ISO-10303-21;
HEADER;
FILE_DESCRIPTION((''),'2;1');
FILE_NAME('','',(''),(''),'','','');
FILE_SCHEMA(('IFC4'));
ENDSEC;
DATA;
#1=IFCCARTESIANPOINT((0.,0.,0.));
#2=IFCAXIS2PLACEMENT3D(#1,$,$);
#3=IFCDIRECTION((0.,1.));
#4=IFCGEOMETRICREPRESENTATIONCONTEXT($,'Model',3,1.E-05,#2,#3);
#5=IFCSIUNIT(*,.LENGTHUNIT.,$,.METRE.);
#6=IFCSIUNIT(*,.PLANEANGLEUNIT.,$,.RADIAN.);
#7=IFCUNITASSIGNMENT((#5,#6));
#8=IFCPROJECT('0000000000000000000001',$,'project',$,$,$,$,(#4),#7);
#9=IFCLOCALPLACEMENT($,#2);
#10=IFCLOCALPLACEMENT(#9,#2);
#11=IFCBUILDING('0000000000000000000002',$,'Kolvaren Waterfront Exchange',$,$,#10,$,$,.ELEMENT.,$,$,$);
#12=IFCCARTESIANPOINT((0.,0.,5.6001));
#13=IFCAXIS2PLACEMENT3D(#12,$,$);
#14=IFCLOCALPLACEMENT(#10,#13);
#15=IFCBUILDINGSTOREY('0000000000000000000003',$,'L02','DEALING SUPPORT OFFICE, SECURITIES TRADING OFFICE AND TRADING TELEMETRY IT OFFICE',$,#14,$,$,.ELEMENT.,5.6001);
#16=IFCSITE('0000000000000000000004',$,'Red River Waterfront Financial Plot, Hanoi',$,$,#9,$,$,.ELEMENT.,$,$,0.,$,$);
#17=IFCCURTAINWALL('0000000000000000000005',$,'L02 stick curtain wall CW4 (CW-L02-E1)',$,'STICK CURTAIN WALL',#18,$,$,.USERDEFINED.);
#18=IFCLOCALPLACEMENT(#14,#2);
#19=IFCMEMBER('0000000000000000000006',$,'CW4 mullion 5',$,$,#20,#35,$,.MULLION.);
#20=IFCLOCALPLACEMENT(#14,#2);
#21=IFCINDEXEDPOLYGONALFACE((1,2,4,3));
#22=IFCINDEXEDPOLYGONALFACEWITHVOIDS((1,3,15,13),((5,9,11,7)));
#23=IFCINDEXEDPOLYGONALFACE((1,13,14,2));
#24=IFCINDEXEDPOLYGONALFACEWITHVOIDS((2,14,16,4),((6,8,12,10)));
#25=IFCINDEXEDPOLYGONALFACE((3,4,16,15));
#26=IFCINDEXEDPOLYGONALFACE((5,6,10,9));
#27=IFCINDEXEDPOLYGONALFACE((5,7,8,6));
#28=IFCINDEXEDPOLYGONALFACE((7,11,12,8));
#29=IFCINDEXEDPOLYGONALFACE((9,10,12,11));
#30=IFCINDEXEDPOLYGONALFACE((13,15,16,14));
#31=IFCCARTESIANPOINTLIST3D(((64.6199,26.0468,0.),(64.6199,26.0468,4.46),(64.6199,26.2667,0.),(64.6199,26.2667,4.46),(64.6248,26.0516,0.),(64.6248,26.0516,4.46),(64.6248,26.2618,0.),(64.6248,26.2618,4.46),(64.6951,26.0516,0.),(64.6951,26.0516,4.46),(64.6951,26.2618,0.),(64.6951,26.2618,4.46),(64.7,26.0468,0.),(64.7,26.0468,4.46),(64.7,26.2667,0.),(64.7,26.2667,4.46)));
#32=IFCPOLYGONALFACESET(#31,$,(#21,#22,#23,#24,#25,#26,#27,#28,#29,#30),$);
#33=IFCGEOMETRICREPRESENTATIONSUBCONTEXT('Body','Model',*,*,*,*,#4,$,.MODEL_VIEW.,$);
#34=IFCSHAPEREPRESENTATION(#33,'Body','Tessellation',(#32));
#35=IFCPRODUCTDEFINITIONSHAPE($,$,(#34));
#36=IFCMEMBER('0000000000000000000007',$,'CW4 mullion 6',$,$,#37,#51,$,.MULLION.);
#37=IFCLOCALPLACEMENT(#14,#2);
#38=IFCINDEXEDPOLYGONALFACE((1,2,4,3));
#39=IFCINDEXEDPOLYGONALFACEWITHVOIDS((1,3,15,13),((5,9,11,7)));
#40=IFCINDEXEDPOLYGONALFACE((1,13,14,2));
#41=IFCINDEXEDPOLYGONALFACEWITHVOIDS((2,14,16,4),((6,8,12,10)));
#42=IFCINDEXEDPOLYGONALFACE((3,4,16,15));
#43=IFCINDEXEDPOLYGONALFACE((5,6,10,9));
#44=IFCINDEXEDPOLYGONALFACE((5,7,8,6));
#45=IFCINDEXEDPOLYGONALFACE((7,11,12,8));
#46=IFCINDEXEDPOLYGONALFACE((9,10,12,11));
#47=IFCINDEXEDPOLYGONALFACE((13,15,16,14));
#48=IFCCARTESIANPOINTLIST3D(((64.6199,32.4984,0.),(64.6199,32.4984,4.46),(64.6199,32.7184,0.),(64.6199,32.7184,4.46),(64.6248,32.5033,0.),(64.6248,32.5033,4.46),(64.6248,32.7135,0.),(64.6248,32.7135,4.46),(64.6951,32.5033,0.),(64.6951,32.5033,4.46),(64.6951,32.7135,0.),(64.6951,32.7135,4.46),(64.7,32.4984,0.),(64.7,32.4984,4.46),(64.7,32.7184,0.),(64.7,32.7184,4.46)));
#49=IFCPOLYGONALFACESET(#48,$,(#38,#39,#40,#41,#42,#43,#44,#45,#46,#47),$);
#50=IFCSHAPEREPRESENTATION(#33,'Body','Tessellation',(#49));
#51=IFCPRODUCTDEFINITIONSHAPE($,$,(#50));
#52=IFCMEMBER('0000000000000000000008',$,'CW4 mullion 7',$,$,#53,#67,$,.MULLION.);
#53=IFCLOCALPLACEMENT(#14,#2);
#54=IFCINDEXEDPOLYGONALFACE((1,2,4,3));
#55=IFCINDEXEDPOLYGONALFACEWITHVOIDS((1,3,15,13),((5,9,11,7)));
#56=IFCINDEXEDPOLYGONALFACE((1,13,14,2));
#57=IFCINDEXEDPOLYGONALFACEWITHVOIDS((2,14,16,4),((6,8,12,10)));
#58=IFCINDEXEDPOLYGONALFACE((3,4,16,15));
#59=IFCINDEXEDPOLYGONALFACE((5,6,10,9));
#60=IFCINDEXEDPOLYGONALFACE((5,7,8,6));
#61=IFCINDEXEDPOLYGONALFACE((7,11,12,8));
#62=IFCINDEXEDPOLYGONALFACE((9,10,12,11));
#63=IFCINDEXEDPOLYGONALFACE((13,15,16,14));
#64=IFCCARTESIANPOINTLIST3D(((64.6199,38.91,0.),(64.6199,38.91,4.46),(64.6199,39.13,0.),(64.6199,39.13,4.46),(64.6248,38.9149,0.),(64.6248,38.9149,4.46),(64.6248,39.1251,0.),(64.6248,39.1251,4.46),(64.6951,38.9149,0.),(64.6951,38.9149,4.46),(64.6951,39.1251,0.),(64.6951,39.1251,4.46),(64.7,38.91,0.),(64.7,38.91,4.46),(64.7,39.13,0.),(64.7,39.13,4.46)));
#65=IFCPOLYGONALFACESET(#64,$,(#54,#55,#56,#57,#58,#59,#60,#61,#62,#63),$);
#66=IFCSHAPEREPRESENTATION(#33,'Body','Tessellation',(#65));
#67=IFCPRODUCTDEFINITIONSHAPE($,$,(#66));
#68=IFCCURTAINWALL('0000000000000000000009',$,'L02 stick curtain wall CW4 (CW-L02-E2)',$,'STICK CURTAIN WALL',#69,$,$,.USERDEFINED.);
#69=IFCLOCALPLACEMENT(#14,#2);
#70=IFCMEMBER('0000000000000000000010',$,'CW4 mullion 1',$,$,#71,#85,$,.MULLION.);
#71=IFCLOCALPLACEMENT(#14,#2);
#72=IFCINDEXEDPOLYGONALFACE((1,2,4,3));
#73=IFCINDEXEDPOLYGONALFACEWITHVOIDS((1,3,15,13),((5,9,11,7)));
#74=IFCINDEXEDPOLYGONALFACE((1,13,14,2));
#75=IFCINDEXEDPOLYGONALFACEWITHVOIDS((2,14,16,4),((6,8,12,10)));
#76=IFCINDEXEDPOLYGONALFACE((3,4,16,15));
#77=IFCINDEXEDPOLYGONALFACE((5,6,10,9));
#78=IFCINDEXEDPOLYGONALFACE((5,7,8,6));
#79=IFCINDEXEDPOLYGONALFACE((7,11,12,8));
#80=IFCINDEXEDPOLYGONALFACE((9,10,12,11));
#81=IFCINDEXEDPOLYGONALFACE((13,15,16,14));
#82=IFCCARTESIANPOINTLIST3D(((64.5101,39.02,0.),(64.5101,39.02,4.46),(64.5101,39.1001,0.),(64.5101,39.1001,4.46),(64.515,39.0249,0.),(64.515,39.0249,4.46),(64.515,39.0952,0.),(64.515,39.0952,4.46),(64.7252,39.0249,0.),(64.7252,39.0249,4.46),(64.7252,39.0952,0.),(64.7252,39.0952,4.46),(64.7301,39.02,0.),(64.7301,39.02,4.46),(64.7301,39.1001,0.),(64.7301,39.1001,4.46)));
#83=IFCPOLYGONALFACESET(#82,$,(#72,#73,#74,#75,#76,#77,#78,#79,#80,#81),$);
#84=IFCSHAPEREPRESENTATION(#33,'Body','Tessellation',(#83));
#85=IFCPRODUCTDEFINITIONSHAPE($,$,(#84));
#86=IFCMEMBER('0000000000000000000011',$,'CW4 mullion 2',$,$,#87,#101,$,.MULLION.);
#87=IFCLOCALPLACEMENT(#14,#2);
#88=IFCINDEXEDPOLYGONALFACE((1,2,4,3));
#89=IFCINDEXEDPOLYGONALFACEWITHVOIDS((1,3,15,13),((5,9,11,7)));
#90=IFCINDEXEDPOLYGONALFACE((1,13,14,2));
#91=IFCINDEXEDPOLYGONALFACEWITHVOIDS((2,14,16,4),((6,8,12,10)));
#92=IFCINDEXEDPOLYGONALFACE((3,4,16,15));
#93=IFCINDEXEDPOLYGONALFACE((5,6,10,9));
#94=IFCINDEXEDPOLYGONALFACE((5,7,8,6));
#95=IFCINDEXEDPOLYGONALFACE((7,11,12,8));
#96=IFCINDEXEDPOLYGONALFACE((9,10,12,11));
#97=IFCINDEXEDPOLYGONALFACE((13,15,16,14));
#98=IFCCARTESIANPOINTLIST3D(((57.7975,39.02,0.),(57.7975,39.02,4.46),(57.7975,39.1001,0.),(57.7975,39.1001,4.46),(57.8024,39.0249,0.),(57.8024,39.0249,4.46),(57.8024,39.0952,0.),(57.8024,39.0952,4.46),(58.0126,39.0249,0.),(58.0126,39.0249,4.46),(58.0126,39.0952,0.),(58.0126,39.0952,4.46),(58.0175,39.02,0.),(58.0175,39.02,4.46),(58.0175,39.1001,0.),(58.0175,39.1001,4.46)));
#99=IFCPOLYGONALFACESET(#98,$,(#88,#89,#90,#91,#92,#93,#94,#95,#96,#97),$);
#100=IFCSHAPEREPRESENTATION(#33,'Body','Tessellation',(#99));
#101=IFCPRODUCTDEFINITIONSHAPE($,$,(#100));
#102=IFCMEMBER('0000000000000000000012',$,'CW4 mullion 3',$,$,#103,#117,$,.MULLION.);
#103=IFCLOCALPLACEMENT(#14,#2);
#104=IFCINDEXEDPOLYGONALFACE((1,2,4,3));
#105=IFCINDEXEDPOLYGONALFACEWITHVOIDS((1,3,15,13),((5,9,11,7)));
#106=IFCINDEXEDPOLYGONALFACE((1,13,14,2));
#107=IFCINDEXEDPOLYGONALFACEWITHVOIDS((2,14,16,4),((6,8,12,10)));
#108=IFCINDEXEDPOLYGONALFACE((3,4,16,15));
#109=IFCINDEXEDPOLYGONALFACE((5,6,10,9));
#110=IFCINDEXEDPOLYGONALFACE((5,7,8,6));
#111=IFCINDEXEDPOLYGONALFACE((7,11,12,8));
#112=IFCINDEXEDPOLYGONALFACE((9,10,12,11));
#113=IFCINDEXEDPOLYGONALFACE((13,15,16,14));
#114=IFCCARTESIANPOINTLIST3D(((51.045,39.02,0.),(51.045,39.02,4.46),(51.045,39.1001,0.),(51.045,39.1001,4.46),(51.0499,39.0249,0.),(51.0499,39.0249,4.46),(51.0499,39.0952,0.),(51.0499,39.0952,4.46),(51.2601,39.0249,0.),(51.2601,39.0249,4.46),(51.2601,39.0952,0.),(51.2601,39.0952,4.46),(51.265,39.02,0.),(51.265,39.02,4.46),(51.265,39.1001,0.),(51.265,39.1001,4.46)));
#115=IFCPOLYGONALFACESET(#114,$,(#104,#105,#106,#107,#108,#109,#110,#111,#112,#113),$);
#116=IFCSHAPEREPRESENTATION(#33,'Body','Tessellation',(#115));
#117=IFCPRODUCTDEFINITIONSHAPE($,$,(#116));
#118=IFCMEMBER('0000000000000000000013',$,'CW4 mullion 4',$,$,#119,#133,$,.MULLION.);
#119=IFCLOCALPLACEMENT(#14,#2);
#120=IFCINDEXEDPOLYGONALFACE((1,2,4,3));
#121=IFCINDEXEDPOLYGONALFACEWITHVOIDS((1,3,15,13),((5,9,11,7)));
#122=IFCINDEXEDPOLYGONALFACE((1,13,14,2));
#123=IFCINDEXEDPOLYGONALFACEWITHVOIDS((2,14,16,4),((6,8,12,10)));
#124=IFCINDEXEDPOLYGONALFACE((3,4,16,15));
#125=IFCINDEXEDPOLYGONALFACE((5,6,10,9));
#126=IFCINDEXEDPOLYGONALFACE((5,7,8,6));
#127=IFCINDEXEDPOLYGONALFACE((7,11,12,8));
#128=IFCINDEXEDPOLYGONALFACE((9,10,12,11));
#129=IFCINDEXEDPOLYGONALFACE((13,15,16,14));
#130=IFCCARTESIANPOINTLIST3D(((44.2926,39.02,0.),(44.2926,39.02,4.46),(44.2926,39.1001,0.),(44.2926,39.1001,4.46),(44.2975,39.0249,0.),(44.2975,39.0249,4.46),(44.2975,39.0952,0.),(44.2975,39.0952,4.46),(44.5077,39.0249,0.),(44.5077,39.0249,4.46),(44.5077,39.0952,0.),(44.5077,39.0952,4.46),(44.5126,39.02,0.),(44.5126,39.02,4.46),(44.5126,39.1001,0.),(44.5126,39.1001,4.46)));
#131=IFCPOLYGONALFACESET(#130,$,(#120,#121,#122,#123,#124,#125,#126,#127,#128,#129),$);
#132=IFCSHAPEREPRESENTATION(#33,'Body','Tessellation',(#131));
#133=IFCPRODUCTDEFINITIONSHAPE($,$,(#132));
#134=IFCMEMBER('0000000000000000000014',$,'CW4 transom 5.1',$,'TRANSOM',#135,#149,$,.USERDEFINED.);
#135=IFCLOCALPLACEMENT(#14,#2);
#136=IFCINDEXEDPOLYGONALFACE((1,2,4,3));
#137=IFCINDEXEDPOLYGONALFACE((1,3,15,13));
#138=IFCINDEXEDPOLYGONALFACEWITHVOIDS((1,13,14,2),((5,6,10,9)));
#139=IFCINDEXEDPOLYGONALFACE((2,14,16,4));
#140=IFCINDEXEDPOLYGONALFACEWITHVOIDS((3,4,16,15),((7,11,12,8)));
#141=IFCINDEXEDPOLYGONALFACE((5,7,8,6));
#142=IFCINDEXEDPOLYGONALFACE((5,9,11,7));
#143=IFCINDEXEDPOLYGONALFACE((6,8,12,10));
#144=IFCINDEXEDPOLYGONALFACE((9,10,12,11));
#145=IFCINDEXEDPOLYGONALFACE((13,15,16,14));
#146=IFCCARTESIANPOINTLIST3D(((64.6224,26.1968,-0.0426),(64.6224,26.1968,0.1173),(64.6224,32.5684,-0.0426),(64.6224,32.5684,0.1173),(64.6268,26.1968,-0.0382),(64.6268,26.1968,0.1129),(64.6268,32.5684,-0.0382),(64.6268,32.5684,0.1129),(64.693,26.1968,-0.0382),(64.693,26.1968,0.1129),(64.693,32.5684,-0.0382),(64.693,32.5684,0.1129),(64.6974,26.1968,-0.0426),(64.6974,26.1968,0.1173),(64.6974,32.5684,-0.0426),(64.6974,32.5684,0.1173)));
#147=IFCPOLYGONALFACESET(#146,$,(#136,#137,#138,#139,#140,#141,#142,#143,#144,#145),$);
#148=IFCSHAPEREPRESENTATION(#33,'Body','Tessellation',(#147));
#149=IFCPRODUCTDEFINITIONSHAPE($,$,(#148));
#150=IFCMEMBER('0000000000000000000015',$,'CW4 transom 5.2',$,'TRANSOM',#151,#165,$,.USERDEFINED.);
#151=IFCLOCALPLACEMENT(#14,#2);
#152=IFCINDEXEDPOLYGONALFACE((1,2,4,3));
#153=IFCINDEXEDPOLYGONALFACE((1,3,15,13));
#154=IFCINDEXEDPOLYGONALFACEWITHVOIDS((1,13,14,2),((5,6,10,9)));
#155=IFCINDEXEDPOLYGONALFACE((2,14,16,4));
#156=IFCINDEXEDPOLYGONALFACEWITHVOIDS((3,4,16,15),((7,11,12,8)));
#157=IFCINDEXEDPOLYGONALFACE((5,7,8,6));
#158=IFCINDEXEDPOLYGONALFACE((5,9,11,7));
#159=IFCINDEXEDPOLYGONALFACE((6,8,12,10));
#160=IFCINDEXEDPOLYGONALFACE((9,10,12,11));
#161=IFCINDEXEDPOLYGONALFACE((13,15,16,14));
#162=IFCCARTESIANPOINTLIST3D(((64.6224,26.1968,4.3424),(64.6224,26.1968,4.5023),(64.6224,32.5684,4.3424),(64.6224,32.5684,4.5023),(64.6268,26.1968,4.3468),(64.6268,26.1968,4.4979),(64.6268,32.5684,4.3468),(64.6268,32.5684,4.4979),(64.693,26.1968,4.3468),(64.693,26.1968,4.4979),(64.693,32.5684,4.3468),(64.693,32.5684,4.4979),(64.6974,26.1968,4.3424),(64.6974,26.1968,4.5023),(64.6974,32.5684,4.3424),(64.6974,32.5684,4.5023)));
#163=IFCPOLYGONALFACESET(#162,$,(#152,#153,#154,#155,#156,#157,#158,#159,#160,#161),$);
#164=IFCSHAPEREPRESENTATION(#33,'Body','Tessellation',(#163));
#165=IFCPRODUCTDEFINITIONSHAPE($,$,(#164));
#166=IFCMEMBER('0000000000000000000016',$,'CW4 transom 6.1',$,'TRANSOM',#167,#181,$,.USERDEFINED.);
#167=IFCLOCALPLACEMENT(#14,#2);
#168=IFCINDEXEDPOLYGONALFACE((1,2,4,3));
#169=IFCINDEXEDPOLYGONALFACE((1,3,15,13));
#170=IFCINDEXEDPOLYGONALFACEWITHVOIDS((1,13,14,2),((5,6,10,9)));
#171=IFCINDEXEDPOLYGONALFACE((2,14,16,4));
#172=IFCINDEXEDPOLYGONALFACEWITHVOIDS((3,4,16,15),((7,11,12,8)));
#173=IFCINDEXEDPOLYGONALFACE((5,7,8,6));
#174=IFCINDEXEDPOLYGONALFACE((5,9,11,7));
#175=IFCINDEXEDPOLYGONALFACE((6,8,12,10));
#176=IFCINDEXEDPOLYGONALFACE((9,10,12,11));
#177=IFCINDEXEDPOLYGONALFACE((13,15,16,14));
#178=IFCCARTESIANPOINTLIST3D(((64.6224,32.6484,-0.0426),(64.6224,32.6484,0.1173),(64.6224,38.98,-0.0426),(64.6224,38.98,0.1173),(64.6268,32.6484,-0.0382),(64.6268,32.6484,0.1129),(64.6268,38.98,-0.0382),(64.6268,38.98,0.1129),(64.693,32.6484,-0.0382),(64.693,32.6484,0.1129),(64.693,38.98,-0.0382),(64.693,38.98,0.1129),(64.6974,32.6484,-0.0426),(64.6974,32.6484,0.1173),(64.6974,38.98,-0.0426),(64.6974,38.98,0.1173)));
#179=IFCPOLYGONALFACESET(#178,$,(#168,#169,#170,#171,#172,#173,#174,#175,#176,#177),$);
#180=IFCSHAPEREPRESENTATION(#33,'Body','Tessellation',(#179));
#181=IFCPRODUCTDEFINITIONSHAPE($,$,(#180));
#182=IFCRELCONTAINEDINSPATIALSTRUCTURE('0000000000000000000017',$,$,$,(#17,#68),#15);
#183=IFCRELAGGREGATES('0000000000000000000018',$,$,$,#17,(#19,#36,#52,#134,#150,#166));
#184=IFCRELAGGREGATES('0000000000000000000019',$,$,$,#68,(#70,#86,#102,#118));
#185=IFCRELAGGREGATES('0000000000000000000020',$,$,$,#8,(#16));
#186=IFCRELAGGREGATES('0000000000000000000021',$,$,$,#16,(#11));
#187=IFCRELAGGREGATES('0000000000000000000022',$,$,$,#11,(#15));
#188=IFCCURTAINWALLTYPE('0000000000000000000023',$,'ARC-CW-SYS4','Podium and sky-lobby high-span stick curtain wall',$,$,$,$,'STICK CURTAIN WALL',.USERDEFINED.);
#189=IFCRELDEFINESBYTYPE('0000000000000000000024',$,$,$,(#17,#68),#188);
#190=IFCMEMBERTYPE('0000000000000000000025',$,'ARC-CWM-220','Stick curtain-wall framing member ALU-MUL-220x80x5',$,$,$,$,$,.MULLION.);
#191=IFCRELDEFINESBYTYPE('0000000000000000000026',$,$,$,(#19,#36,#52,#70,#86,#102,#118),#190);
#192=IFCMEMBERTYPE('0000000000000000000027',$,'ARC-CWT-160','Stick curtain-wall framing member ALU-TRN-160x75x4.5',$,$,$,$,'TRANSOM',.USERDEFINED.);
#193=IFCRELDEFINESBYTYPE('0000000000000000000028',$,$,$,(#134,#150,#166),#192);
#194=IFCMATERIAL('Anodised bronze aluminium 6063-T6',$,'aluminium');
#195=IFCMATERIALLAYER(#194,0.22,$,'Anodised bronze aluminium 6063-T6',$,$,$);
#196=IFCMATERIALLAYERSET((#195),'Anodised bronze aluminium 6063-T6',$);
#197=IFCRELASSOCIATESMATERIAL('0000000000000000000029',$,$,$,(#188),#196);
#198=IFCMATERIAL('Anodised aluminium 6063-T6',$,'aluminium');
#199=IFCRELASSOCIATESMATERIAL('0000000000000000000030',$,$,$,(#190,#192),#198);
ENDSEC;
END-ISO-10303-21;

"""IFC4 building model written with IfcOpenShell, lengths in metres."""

from ifc_helpers import new_model, si_unit, direction, frame, origin, origin_with_axes, origin_2d, place, context, subcontext, project, spatial, hollow_rectangle, extrude, source, transform, mapped, material, layer, layer_set, material_profile, profile_set, type_object, element, aggregate, save


model = new_model("IFC4")

# Units and contexts
model_context = context("Model", 3, precision=1e-05, world=origin(), true_north=direction((0.0, 1.0)))
body_context = subcontext(model_context, "Body", "Model", "MODEL_VIEW")
ifc_project = project(units=[si_unit("LENGTHUNIT", "METRE"), si_unit("PLANEANGLEUNIT", "RADIAN")], contexts=[model_context])

# Site, building, storey
site_placement = place(None, origin())
site = spatial("IfcSite", under=ifc_project, at=site_placement, Name="Red River Waterfront Financial Plot, Hanoi", CompositionType="ELEMENT", RefElevation=0.0)
building_placement = place(site_placement, origin())
building = spatial("IfcBuilding", under=site, at=building_placement, Name="Kolvaren Waterfront Exchange", CompositionType="ELEMENT")
storey_placement = place(building_placement, frame((0.0, 0.0, 5.6001)))
storey = spatial("IfcBuildingStorey", under=building, at=storey_placement, Name="L02", Description="DEALING SUPPORT OFFICE, SECURITIES TRADING OFFICE AND TRADING TELEMETRY IT OFFICE", CompositionType="ELEMENT", Elevation=5.6001)

# Curtain walls, members
ifc_material_1 = material(Name="Anodised bronze aluminium 6063-T6", Category="aluminium")
ifc_layer_1 = layer(ifc_material_1, 0.22, Name="Anodised bronze aluminium 6063-T6")
ifc_layer_set_1 = layer_set([ifc_layer_1], Name="Anodised bronze aluminium 6063-T6")
curtain_wall_type = type_object("IfcCurtainWallType", Name="ARC-CW-SYS4", Description="Podium and sky-lobby high-span stick curtain wall", ElementType="STICK CURTAIN WALL", PredefinedType="USERDEFINED", material=ifc_layer_set_1)
curtain_wall_1_placement = place(storey_placement, origin())
curtain_wall_1 = element("IfcCurtainWall", 1, at=curtain_wall_1_placement, inside=storey, type_object=curtain_wall_type, Name="L02 stick curtain wall CW4 (CW-L02-E1)", ObjectType="STICK CURTAIN WALL", PredefinedType="USERDEFINED")
ifc_material_2 = material(Name="Anodised aluminium 6063-T6", Category="aluminium")
ifc_material_profile_1 = material_profile(ifc_material_2, hollow_rectangle(XDim=0.0801, YDim=0.22, WallThickness=0.0049, at=origin_2d()), Name="ALU-MUL-220x80x5")
ifc_profile_set_1 = profile_set([ifc_material_profile_1], Name="Anodised aluminium 6063-T6")
member_type_1 = type_object("IfcMemberType", Name="ARC-CWM-220", Description="Stick curtain-wall framing member ALU-MUL-220x80x5", PredefinedType="MULLION", material=ifc_profile_set_1)
shared_shape_1 = source(origin_with_axes(), body_context, "Body", "SweptSolid", [
    extrude(hollow_rectangle(XDim=0.0801, YDim=0.22, WallThickness=0.0049, at=origin_2d()), origin(), (0.0, 0.0, 1.0), 4.46),
])
member_1_placement = place(storey_placement, frame((64.6599, 26.1567, 0.0), z_axis=(0.0, 0.0, 1.0), x_axis=(-1.0, 0.0, 0.0)))
member_1 = element("IfcMember", 2, at=member_1_placement, type_object=member_type_1, Name="CW4 mullion 5", PredefinedType="MULLION", context=body_context, shape_type="MappedRepresentation", body=[
    mapped(shared_shape_1, transform((0.0, 0.0, 0.0), x_axis=(1.0, 0.0, 0.0), y_axis=(0.0, 1.0, 0.0), z_axis=(0.0, 0.0, 1.0), scale=1.0)),
])
member_2_placement = place(storey_placement, frame((64.6599, 32.6084, 0.0), z_axis=(0.0, 0.0, 1.0), x_axis=(-1.0, 0.0, 0.0)))
member_2 = element("IfcMember", 3, at=member_2_placement, type_object=member_type_1, Name="CW4 mullion 6", PredefinedType="MULLION", context=body_context, shape_type="MappedRepresentation", body=[
    mapped(shared_shape_1, transform((0.0, 0.0, 0.0), x_axis=(1.0, 0.0, 0.0), y_axis=(0.0, 1.0, 0.0), z_axis=(0.0, 0.0, 1.0), scale=1.0)),
])
member_3_placement = place(storey_placement, frame((64.6599, 39.02, 0.0), z_axis=(0.0, 0.0, 1.0), x_axis=(-1.0, 0.0, 0.0)))
member_3 = element("IfcMember", 4, at=member_3_placement, type_object=member_type_1, Name="CW4 mullion 7", PredefinedType="MULLION", context=body_context, shape_type="MappedRepresentation", body=[
    mapped(shared_shape_1, transform((0.0, 0.0, 0.0), x_axis=(1.0, 0.0, 0.0), y_axis=(0.0, 1.0, 0.0), z_axis=(0.0, 0.0, 1.0), scale=1.0)),
])
curtain_wall_2_placement = place(storey_placement, origin())
curtain_wall_2 = element("IfcCurtainWall", 5, at=curtain_wall_2_placement, inside=storey, type_object=curtain_wall_type, Name="L02 stick curtain wall CW4 (CW-L02-E2)", ObjectType="STICK CURTAIN WALL", PredefinedType="USERDEFINED")
member_4_placement = place(storey_placement, frame((64.6201, 39.0601, 0.0), z_axis=(0.0, 0.0, 1.0), x_axis=(0.0, -1.0, 0.0)))
member_4 = element("IfcMember", 6, at=member_4_placement, type_object=member_type_1, Name="CW4 mullion 1", PredefinedType="MULLION", context=body_context, shape_type="MappedRepresentation", body=[
    mapped(shared_shape_1, transform((0.0, 0.0, 0.0), x_axis=(1.0, 0.0, 0.0), y_axis=(0.0, 1.0, 0.0), z_axis=(0.0, 0.0, 1.0), scale=1.0)),
])
member_5_placement = place(storey_placement, frame((57.9075, 39.0601, 0.0), z_axis=(0.0, 0.0, 1.0), x_axis=(0.0, -1.0, 0.0)))
member_5 = element("IfcMember", 7, at=member_5_placement, type_object=member_type_1, Name="CW4 mullion 2", PredefinedType="MULLION", context=body_context, shape_type="MappedRepresentation", body=[
    mapped(shared_shape_1, transform((0.0, 0.0, 0.0), x_axis=(1.0, 0.0, 0.0), y_axis=(0.0, 1.0, 0.0), z_axis=(0.0, 0.0, 1.0), scale=1.0)),
])
member_6_placement = place(storey_placement, frame((51.155, 39.0601, 0.0), z_axis=(0.0, 0.0, 1.0), x_axis=(0.0, -1.0, 0.0)))
member_6 = element("IfcMember", 8, at=member_6_placement, type_object=member_type_1, Name="CW4 mullion 3", PredefinedType="MULLION", context=body_context, shape_type="MappedRepresentation", body=[
    mapped(shared_shape_1, transform((0.0, 0.0, 0.0), x_axis=(1.0, 0.0, 0.0), y_axis=(0.0, 1.0, 0.0), z_axis=(0.0, 0.0, 1.0), scale=1.0)),
])
member_7_placement = place(storey_placement, frame((44.4026, 39.0601, 0.0), z_axis=(0.0, 0.0, 1.0), x_axis=(0.0, -1.0, 0.0)))
member_7 = element("IfcMember", 9, at=member_7_placement, type_object=member_type_1, Name="CW4 mullion 4", PredefinedType="MULLION", context=body_context, shape_type="MappedRepresentation", body=[
    mapped(shared_shape_1, transform((0.0, 0.0, 0.0), x_axis=(1.0, 0.0, 0.0), y_axis=(0.0, 1.0, 0.0), z_axis=(0.0, 0.0, 1.0), scale=1.0)),
])

# Members
ifc_material_profile_2 = material_profile(ifc_material_2, hollow_rectangle(XDim=0.075, YDim=0.1599, WallThickness=0.0044, at=origin_2d()), Name="ALU-TRN-160x75x4.5")
ifc_profile_set_2 = profile_set([ifc_material_profile_2], Name="Anodised aluminium 6063-T6")
member_type_2 = type_object("IfcMemberType", Name="ARC-CWT-160", Description="Stick curtain-wall framing member ALU-TRN-160x75x4.5", ElementType="TRANSOM", PredefinedType="USERDEFINED", material=ifc_profile_set_2)
shared_shape_2 = source(origin_with_axes(), body_context, "Body", "SweptSolid", [
    extrude(hollow_rectangle(XDim=0.075, YDim=0.1599, WallThickness=0.0044, at=origin_2d()), origin(), (0.0, 0.0, 1.0), 6.3716),
])
member_8_placement = place(storey_placement, frame((64.6599, 26.1968, 0.0374), z_axis=(0.0, 1.0, 0.0), x_axis=(-1.0, 0.0, 0.0)))
member_8 = element("IfcMember", 10, at=member_8_placement, type_object=member_type_2, Name="CW4 transom 5.1", ObjectType="TRANSOM", PredefinedType="USERDEFINED", context=body_context, shape_type="MappedRepresentation", body=[
    mapped(shared_shape_2, transform((0.0, 0.0, 0.0), x_axis=(1.0, 0.0, 0.0), y_axis=(0.0, 1.0, 0.0), z_axis=(0.0, 0.0, 1.0), scale=1.0)),
])
member_9_placement = place(storey_placement, frame((64.6599, 26.1968, 4.4224), z_axis=(0.0, 1.0, 0.0), x_axis=(-1.0, 0.0, 0.0)))
member_9 = element("IfcMember", 11, at=member_9_placement, type_object=member_type_2, Name="CW4 transom 5.2", ObjectType="TRANSOM", PredefinedType="USERDEFINED", context=body_context, shape_type="MappedRepresentation", body=[
    mapped(shared_shape_2, transform((0.0, 0.0, 0.0), x_axis=(1.0, 0.0, 0.0), y_axis=(0.0, 1.0, 0.0), z_axis=(0.0, 0.0, 1.0), scale=1.0)),
])
shared_shape_3 = source(origin_with_axes(), body_context, "Body", "SweptSolid", [
    extrude(hollow_rectangle(XDim=0.075, YDim=0.1599, WallThickness=0.0044, at=origin_2d()), origin(), (0.0, 0.0, 1.0), 6.3315),
])
member_10_placement = place(storey_placement, frame((64.6599, 32.6484, 0.0374), z_axis=(0.0, 1.0, 0.0), x_axis=(-1.0, 0.0, 0.0)))
member_10 = element("IfcMember", 12, at=member_10_placement, type_object=member_type_2, Name="CW4 transom 6.1", ObjectType="TRANSOM", PredefinedType="USERDEFINED", context=body_context, shape_type="MappedRepresentation", body=[
    mapped(shared_shape_3, transform((0.0, 0.0, 0.0), x_axis=(1.0, 0.0, 0.0), y_axis=(0.0, 1.0, 0.0), z_axis=(0.0, 0.0, 1.0), scale=1.0)),
])

aggregate(curtain_wall_1, [member_1, member_2, member_3, member_8, member_9, member_10])
aggregate(curtain_wall_2, [member_4, member_5, member_6, member_7])

save(model, "model.ifc")
